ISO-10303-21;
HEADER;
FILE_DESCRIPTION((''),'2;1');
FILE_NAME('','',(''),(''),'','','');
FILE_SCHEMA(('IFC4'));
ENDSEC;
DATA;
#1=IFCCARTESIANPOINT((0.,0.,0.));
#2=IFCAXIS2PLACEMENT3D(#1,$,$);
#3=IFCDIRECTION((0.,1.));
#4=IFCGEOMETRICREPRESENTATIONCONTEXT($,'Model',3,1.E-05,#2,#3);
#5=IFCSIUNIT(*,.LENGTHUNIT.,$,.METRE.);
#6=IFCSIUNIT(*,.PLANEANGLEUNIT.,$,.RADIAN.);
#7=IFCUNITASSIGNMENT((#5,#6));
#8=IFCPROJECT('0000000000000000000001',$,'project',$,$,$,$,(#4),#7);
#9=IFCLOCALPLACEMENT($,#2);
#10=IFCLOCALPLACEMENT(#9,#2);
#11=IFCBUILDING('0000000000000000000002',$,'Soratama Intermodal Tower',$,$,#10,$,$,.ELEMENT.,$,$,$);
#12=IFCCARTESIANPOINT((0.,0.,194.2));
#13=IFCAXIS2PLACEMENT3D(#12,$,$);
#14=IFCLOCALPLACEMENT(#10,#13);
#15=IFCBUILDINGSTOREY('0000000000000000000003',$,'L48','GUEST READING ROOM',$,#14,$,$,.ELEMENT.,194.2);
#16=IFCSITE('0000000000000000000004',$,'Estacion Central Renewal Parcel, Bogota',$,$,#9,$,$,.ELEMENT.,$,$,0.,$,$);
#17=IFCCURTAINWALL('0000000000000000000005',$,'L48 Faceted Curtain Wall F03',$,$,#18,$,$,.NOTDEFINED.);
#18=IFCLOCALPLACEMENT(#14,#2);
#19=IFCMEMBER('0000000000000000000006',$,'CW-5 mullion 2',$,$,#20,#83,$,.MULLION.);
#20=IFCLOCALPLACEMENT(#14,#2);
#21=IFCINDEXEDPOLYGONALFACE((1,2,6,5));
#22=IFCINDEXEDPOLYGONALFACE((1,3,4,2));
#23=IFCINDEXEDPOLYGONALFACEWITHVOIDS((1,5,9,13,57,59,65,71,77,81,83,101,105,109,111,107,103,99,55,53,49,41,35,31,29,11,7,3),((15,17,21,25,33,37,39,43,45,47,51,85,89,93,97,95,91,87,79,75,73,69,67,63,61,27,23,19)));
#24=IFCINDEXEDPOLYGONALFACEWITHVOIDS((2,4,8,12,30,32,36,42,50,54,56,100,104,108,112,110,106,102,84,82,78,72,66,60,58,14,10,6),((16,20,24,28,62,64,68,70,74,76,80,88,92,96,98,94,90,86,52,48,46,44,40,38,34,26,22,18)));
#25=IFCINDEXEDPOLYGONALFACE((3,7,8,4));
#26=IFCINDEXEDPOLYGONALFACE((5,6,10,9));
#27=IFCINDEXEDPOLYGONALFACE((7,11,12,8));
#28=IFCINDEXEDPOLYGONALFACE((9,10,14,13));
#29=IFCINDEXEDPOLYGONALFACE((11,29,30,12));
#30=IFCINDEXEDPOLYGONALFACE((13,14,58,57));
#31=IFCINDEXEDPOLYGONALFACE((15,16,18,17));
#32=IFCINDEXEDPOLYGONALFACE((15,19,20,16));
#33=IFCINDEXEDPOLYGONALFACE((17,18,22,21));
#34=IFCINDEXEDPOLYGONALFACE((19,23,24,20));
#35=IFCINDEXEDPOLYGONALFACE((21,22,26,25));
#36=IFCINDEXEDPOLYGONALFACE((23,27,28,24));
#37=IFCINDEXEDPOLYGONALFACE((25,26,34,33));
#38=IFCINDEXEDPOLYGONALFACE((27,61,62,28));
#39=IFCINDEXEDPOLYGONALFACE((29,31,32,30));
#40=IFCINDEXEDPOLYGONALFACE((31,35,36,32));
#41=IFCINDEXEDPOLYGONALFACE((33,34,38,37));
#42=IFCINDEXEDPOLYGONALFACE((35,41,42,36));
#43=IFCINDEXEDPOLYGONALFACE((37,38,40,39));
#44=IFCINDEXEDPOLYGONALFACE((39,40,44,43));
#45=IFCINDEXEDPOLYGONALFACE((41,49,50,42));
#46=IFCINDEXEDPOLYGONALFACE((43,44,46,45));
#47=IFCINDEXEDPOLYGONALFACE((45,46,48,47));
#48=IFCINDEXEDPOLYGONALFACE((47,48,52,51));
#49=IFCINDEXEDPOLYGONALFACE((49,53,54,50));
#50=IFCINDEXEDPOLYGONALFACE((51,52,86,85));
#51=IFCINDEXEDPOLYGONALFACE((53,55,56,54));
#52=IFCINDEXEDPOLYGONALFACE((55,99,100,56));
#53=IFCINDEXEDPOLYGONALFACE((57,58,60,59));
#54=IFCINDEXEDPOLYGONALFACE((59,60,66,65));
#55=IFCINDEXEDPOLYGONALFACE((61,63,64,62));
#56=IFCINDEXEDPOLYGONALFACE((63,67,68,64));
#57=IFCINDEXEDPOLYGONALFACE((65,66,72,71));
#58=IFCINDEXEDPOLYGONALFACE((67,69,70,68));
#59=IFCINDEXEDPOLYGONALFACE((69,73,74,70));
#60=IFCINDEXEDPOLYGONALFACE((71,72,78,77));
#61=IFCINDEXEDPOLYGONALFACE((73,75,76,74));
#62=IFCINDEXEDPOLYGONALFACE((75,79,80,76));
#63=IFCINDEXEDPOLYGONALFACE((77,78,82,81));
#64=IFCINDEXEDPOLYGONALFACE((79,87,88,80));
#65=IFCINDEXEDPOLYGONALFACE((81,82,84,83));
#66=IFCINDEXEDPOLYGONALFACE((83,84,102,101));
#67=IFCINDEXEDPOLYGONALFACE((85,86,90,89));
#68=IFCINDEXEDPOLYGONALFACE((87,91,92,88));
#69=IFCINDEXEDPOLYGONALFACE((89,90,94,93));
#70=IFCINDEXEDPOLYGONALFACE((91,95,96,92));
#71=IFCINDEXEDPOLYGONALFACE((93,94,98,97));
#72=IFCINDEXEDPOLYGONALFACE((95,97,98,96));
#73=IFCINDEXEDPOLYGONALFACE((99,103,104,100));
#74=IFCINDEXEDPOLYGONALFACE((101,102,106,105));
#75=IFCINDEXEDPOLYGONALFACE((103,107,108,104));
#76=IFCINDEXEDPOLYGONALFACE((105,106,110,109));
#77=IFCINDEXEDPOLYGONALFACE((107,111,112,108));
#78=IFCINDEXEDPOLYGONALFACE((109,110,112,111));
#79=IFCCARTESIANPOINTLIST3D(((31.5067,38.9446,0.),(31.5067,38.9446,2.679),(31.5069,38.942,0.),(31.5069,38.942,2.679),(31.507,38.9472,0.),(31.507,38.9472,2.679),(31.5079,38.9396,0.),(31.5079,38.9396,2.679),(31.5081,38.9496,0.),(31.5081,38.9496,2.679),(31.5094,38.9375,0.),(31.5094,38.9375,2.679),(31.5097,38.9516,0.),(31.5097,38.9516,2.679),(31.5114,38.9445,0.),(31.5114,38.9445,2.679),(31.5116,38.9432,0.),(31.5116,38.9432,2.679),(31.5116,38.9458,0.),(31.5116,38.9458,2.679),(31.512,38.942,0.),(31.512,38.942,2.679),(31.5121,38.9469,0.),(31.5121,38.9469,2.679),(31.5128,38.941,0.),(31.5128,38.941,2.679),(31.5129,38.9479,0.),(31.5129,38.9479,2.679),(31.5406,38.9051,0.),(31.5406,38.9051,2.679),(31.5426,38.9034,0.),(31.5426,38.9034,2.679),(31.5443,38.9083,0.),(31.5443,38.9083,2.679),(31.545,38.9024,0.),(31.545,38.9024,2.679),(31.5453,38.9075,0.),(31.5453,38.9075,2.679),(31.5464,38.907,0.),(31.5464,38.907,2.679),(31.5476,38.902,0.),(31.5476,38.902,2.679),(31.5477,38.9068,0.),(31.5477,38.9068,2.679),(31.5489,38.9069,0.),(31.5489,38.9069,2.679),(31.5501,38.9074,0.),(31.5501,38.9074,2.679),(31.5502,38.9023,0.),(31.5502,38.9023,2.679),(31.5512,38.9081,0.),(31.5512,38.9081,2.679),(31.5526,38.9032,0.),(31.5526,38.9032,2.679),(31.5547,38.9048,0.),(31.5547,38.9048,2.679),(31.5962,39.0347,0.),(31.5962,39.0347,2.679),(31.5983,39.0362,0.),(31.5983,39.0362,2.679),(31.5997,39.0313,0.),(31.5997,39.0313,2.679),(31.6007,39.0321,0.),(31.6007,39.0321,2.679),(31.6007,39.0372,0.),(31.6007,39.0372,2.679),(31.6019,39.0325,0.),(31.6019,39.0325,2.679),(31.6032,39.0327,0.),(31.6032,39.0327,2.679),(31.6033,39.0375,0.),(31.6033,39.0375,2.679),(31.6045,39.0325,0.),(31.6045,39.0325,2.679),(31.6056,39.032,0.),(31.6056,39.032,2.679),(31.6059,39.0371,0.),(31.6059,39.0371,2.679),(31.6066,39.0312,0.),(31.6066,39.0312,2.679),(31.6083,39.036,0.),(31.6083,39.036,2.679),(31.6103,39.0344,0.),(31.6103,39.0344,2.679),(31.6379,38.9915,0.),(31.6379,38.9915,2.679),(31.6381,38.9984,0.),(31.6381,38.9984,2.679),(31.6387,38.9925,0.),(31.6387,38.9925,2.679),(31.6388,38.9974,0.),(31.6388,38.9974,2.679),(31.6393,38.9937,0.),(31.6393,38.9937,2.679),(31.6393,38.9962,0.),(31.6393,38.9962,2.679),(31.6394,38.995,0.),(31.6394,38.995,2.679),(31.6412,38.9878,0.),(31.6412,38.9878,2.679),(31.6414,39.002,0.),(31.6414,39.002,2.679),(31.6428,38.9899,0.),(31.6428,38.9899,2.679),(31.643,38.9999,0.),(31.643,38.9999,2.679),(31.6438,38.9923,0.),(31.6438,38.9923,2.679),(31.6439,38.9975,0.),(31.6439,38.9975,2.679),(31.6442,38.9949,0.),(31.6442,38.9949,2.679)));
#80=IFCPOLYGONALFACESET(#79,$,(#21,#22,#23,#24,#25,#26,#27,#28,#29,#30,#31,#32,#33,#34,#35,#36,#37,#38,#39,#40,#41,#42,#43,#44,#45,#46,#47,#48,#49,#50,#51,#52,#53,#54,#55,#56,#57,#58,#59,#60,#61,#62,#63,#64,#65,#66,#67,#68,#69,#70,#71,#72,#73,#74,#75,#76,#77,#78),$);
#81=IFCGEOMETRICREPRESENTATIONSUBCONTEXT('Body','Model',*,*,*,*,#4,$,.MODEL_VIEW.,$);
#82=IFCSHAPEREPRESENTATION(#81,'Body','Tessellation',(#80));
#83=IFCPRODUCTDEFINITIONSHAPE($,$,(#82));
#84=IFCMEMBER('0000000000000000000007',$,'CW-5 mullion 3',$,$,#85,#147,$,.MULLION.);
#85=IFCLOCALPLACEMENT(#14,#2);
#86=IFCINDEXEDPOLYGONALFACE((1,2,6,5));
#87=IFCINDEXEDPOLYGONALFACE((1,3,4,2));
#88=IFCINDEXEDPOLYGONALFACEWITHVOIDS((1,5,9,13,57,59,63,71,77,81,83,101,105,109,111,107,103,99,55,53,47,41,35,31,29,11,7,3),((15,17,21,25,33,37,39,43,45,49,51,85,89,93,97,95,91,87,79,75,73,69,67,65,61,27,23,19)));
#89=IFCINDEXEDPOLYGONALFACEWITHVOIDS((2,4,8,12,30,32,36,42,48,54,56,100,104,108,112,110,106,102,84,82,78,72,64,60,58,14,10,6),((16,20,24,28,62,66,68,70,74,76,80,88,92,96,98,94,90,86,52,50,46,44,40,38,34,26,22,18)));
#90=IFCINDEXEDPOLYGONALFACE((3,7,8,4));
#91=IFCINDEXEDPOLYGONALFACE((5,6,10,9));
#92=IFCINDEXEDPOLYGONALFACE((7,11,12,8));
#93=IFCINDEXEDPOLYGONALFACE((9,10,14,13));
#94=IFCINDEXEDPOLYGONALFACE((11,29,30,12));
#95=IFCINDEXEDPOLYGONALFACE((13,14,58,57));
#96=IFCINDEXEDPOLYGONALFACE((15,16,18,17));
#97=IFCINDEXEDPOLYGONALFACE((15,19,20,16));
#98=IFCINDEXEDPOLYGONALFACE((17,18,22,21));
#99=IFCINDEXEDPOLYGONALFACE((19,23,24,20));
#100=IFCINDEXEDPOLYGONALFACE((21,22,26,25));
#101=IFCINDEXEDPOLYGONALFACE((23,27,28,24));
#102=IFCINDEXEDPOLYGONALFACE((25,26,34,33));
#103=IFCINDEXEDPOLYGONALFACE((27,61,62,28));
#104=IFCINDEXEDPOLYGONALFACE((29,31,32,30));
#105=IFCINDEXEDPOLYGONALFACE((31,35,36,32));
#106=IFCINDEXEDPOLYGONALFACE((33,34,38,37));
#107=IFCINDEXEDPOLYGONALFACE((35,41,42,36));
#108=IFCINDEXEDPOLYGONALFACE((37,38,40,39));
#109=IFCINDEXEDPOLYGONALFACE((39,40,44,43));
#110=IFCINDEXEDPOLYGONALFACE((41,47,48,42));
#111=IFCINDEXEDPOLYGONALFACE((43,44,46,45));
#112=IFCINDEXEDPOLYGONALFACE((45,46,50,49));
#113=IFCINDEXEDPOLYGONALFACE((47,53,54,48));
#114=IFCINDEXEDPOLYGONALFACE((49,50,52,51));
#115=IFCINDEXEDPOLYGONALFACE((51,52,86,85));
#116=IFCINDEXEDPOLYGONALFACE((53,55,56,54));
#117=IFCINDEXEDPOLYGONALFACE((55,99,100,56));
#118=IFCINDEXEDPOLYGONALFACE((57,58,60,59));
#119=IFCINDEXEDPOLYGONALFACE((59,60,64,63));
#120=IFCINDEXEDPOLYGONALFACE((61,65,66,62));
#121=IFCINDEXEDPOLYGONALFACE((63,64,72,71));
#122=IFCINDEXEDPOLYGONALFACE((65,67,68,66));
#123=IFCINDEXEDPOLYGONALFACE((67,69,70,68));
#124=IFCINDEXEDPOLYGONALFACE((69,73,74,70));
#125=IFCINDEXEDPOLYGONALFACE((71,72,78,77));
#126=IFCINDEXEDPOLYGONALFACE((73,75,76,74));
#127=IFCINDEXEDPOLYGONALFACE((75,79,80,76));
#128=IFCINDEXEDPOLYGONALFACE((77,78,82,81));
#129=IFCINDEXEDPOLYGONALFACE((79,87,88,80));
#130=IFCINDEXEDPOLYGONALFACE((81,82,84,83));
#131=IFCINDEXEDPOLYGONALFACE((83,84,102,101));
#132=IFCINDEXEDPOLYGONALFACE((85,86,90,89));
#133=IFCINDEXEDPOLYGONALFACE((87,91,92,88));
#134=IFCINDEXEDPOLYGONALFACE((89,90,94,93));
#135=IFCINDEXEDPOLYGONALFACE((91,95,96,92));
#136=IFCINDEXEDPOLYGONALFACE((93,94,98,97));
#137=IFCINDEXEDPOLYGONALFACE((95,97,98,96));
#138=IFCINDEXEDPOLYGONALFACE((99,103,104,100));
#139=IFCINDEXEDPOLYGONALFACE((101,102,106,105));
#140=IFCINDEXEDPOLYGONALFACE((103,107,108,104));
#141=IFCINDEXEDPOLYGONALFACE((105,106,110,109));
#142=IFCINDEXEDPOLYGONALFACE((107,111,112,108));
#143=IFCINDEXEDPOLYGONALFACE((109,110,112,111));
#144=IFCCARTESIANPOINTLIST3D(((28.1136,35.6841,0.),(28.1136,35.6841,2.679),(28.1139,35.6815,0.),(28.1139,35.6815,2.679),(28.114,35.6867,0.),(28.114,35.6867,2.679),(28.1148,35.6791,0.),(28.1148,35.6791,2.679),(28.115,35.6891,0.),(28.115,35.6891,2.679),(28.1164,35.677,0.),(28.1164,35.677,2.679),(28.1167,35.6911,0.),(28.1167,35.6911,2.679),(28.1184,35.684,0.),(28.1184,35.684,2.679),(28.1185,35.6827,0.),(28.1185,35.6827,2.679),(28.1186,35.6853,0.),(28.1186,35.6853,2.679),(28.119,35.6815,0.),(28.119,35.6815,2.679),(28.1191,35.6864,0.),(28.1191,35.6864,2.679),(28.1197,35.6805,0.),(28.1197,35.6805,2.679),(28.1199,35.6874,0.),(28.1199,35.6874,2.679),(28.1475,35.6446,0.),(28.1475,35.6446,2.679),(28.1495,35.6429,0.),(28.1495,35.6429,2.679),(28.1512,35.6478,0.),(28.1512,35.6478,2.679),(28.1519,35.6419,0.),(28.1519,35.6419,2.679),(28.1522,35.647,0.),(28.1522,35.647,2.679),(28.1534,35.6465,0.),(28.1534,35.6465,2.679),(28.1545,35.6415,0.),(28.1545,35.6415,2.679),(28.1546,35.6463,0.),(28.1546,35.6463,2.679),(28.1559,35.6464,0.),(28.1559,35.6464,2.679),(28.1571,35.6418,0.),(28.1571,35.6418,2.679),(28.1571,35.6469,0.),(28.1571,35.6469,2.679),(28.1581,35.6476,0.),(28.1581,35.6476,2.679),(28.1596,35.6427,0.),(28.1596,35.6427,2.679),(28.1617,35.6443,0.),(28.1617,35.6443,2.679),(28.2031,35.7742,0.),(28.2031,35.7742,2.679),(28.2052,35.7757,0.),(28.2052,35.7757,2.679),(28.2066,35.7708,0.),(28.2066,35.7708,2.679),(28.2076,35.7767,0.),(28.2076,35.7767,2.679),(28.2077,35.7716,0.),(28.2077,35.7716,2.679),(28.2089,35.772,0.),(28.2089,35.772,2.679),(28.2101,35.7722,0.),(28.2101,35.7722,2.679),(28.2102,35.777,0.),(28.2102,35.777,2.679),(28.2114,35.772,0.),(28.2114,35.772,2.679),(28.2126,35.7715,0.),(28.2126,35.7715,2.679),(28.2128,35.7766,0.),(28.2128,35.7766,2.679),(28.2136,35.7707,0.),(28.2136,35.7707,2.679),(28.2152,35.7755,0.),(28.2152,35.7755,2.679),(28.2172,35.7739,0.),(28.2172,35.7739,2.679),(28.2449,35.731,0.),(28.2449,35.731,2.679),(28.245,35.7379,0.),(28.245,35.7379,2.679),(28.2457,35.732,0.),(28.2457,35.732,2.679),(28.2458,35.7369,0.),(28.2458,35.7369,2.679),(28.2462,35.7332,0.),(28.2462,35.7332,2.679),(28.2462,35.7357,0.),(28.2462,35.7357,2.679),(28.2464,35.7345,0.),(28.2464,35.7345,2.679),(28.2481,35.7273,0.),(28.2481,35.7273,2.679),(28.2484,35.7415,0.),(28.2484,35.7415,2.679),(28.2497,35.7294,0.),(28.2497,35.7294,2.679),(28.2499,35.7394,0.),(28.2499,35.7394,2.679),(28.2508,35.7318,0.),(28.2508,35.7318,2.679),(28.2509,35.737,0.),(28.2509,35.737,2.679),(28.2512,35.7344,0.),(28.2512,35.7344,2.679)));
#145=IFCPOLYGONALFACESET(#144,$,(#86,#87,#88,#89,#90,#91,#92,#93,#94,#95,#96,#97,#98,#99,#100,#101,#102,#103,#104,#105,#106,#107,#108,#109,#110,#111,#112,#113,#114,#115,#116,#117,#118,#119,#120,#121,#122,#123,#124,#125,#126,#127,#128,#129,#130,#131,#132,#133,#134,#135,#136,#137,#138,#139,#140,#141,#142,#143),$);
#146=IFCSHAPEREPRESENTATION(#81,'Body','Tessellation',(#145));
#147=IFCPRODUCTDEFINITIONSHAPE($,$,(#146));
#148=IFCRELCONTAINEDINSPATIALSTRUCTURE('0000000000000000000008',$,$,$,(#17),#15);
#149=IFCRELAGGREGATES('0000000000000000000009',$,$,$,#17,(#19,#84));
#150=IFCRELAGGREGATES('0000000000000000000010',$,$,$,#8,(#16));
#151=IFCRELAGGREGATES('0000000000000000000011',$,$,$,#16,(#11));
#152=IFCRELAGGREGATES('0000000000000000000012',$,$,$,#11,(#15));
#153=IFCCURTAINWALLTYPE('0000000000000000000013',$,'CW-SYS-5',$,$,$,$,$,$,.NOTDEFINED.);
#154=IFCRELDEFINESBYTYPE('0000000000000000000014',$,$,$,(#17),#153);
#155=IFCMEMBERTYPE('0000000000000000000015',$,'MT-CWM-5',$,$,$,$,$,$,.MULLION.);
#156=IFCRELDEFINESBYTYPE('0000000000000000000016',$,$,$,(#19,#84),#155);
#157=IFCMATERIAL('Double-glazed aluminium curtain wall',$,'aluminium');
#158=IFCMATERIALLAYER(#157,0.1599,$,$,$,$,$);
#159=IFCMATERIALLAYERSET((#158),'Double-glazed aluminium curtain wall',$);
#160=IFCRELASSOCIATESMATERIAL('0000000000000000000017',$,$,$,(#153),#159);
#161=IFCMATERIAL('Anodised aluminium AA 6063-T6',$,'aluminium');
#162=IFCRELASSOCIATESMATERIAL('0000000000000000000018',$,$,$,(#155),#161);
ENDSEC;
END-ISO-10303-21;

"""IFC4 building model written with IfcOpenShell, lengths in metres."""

from ifc_helpers import new_model, si_unit, direction, frame, origin, origin_2d, place, context, subcontext, project, spatial, hollow_rectangle, extrude, material, layer, layer_set, material_profile, profile_set, type_object, element, aggregate, save


model = new_model("IFC4")

# Units and contexts
model_context = context("Model", 3, precision=1e-05, world=origin(), true_north=direction((0.0, 1.0)))
body_context = subcontext(model_context, "Body", "Model", "MODEL_VIEW")
ifc_project = project(units=[si_unit("LENGTHUNIT", "METRE"), si_unit("PLANEANGLEUNIT", "RADIAN")], contexts=[model_context])

# Site, building, storey
site_placement = place(None, origin())
site = spatial("IfcSite", under=ifc_project, at=site_placement, Name="Estacion Central Renewal Parcel, Bogota", CompositionType="ELEMENT", RefElevation=0.0)
building_placement = place(site_placement, origin())
building = spatial("IfcBuilding", under=site, at=building_placement, Name="Soratama Intermodal Tower", CompositionType="ELEMENT")
storey_placement = place(building_placement, frame((0.0, 0.0, 194.2)))
storey = spatial("IfcBuildingStorey", under=building, at=storey_placement, Name="L48", Description="GUEST READING ROOM", CompositionType="ELEMENT", Elevation=194.2)

# Curtain wall, members
ifc_material_1 = material(Name="Double-glazed aluminium curtain wall", Category="aluminium")
ifc_layer_1 = layer(ifc_material_1, 0.1599)
ifc_layer_set_1 = layer_set([ifc_layer_1], Name="Double-glazed aluminium curtain wall")
curtain_wall_type = type_object("IfcCurtainWallType", Name="CW-SYS-5", PredefinedType="NOTDEFINED", material=ifc_layer_set_1)
curtain_wall_placement = place(storey_placement, origin())
curtain_wall = element("IfcCurtainWall", 1, at=curtain_wall_placement, inside=storey, type_object=curtain_wall_type, Name="L48 Faceted Curtain Wall F03", PredefinedType="NOTDEFINED")
ifc_material_2 = material(Name="Anodised aluminium AA 6063-T6", Category="aluminium")
ifc_material_profile_1 = material_profile(ifc_material_2, hollow_rectangle(XDim=0.0649, YDim=0.1399, WallThickness=0.0049, InnerFilletRadius=0.0049, OuterFilletRadius=0.01, at=origin_2d()), Name="CWM140X65X5")
ifc_profile_set_1 = profile_set([ifc_material_profile_1], Name="Anodised aluminium AA 6063-T6")
member_type_1 = type_object("IfcMemberType", Name="MT-CWM-5", PredefinedType="MULLION", material=ifc_profile_set_1)
member_1_placement = place(storey_placement, frame((31.5754, 38.9697, 0.0), z_axis=(0.0, 0.0, 1.0), x_axis=(0.692898, -0.721036, 0.0)))
member_1 = element("IfcMember", 2, at=member_1_placement, type_object=member_type_1, Name="CW-5 mullion 2", PredefinedType="MULLION", context=body_context, shape_type="SweptSolid", body=[
    extrude(hollow_rectangle(XDim=0.0649, YDim=0.1399, WallThickness=0.0049, InnerFilletRadius=0.0049, OuterFilletRadius=0.01, at=origin_2d()), origin(), (0.0, 0.0, 1.0), 2.679),
])
member_2_placement = place(storey_placement, frame((28.1824, 35.7092, 0.0), z_axis=(0.0, 0.0, 1.0), x_axis=(0.692898, -0.721036, 0.0)))
member_2 = element("IfcMember", 3, at=member_2_placement, type_object=member_type_1, Name="CW-5 mullion 3", PredefinedType="MULLION", context=body_context, shape_type="SweptSolid", body=[
    extrude(hollow_rectangle(XDim=0.0649, YDim=0.1399, WallThickness=0.0049, InnerFilletRadius=0.0049, OuterFilletRadius=0.01, at=origin_2d()), origin(), (0.0, 0.0, 1.0), 2.679),
])
aggregate(curtain_wall, [member_1, member_2])

save(model, "model.ifc")
